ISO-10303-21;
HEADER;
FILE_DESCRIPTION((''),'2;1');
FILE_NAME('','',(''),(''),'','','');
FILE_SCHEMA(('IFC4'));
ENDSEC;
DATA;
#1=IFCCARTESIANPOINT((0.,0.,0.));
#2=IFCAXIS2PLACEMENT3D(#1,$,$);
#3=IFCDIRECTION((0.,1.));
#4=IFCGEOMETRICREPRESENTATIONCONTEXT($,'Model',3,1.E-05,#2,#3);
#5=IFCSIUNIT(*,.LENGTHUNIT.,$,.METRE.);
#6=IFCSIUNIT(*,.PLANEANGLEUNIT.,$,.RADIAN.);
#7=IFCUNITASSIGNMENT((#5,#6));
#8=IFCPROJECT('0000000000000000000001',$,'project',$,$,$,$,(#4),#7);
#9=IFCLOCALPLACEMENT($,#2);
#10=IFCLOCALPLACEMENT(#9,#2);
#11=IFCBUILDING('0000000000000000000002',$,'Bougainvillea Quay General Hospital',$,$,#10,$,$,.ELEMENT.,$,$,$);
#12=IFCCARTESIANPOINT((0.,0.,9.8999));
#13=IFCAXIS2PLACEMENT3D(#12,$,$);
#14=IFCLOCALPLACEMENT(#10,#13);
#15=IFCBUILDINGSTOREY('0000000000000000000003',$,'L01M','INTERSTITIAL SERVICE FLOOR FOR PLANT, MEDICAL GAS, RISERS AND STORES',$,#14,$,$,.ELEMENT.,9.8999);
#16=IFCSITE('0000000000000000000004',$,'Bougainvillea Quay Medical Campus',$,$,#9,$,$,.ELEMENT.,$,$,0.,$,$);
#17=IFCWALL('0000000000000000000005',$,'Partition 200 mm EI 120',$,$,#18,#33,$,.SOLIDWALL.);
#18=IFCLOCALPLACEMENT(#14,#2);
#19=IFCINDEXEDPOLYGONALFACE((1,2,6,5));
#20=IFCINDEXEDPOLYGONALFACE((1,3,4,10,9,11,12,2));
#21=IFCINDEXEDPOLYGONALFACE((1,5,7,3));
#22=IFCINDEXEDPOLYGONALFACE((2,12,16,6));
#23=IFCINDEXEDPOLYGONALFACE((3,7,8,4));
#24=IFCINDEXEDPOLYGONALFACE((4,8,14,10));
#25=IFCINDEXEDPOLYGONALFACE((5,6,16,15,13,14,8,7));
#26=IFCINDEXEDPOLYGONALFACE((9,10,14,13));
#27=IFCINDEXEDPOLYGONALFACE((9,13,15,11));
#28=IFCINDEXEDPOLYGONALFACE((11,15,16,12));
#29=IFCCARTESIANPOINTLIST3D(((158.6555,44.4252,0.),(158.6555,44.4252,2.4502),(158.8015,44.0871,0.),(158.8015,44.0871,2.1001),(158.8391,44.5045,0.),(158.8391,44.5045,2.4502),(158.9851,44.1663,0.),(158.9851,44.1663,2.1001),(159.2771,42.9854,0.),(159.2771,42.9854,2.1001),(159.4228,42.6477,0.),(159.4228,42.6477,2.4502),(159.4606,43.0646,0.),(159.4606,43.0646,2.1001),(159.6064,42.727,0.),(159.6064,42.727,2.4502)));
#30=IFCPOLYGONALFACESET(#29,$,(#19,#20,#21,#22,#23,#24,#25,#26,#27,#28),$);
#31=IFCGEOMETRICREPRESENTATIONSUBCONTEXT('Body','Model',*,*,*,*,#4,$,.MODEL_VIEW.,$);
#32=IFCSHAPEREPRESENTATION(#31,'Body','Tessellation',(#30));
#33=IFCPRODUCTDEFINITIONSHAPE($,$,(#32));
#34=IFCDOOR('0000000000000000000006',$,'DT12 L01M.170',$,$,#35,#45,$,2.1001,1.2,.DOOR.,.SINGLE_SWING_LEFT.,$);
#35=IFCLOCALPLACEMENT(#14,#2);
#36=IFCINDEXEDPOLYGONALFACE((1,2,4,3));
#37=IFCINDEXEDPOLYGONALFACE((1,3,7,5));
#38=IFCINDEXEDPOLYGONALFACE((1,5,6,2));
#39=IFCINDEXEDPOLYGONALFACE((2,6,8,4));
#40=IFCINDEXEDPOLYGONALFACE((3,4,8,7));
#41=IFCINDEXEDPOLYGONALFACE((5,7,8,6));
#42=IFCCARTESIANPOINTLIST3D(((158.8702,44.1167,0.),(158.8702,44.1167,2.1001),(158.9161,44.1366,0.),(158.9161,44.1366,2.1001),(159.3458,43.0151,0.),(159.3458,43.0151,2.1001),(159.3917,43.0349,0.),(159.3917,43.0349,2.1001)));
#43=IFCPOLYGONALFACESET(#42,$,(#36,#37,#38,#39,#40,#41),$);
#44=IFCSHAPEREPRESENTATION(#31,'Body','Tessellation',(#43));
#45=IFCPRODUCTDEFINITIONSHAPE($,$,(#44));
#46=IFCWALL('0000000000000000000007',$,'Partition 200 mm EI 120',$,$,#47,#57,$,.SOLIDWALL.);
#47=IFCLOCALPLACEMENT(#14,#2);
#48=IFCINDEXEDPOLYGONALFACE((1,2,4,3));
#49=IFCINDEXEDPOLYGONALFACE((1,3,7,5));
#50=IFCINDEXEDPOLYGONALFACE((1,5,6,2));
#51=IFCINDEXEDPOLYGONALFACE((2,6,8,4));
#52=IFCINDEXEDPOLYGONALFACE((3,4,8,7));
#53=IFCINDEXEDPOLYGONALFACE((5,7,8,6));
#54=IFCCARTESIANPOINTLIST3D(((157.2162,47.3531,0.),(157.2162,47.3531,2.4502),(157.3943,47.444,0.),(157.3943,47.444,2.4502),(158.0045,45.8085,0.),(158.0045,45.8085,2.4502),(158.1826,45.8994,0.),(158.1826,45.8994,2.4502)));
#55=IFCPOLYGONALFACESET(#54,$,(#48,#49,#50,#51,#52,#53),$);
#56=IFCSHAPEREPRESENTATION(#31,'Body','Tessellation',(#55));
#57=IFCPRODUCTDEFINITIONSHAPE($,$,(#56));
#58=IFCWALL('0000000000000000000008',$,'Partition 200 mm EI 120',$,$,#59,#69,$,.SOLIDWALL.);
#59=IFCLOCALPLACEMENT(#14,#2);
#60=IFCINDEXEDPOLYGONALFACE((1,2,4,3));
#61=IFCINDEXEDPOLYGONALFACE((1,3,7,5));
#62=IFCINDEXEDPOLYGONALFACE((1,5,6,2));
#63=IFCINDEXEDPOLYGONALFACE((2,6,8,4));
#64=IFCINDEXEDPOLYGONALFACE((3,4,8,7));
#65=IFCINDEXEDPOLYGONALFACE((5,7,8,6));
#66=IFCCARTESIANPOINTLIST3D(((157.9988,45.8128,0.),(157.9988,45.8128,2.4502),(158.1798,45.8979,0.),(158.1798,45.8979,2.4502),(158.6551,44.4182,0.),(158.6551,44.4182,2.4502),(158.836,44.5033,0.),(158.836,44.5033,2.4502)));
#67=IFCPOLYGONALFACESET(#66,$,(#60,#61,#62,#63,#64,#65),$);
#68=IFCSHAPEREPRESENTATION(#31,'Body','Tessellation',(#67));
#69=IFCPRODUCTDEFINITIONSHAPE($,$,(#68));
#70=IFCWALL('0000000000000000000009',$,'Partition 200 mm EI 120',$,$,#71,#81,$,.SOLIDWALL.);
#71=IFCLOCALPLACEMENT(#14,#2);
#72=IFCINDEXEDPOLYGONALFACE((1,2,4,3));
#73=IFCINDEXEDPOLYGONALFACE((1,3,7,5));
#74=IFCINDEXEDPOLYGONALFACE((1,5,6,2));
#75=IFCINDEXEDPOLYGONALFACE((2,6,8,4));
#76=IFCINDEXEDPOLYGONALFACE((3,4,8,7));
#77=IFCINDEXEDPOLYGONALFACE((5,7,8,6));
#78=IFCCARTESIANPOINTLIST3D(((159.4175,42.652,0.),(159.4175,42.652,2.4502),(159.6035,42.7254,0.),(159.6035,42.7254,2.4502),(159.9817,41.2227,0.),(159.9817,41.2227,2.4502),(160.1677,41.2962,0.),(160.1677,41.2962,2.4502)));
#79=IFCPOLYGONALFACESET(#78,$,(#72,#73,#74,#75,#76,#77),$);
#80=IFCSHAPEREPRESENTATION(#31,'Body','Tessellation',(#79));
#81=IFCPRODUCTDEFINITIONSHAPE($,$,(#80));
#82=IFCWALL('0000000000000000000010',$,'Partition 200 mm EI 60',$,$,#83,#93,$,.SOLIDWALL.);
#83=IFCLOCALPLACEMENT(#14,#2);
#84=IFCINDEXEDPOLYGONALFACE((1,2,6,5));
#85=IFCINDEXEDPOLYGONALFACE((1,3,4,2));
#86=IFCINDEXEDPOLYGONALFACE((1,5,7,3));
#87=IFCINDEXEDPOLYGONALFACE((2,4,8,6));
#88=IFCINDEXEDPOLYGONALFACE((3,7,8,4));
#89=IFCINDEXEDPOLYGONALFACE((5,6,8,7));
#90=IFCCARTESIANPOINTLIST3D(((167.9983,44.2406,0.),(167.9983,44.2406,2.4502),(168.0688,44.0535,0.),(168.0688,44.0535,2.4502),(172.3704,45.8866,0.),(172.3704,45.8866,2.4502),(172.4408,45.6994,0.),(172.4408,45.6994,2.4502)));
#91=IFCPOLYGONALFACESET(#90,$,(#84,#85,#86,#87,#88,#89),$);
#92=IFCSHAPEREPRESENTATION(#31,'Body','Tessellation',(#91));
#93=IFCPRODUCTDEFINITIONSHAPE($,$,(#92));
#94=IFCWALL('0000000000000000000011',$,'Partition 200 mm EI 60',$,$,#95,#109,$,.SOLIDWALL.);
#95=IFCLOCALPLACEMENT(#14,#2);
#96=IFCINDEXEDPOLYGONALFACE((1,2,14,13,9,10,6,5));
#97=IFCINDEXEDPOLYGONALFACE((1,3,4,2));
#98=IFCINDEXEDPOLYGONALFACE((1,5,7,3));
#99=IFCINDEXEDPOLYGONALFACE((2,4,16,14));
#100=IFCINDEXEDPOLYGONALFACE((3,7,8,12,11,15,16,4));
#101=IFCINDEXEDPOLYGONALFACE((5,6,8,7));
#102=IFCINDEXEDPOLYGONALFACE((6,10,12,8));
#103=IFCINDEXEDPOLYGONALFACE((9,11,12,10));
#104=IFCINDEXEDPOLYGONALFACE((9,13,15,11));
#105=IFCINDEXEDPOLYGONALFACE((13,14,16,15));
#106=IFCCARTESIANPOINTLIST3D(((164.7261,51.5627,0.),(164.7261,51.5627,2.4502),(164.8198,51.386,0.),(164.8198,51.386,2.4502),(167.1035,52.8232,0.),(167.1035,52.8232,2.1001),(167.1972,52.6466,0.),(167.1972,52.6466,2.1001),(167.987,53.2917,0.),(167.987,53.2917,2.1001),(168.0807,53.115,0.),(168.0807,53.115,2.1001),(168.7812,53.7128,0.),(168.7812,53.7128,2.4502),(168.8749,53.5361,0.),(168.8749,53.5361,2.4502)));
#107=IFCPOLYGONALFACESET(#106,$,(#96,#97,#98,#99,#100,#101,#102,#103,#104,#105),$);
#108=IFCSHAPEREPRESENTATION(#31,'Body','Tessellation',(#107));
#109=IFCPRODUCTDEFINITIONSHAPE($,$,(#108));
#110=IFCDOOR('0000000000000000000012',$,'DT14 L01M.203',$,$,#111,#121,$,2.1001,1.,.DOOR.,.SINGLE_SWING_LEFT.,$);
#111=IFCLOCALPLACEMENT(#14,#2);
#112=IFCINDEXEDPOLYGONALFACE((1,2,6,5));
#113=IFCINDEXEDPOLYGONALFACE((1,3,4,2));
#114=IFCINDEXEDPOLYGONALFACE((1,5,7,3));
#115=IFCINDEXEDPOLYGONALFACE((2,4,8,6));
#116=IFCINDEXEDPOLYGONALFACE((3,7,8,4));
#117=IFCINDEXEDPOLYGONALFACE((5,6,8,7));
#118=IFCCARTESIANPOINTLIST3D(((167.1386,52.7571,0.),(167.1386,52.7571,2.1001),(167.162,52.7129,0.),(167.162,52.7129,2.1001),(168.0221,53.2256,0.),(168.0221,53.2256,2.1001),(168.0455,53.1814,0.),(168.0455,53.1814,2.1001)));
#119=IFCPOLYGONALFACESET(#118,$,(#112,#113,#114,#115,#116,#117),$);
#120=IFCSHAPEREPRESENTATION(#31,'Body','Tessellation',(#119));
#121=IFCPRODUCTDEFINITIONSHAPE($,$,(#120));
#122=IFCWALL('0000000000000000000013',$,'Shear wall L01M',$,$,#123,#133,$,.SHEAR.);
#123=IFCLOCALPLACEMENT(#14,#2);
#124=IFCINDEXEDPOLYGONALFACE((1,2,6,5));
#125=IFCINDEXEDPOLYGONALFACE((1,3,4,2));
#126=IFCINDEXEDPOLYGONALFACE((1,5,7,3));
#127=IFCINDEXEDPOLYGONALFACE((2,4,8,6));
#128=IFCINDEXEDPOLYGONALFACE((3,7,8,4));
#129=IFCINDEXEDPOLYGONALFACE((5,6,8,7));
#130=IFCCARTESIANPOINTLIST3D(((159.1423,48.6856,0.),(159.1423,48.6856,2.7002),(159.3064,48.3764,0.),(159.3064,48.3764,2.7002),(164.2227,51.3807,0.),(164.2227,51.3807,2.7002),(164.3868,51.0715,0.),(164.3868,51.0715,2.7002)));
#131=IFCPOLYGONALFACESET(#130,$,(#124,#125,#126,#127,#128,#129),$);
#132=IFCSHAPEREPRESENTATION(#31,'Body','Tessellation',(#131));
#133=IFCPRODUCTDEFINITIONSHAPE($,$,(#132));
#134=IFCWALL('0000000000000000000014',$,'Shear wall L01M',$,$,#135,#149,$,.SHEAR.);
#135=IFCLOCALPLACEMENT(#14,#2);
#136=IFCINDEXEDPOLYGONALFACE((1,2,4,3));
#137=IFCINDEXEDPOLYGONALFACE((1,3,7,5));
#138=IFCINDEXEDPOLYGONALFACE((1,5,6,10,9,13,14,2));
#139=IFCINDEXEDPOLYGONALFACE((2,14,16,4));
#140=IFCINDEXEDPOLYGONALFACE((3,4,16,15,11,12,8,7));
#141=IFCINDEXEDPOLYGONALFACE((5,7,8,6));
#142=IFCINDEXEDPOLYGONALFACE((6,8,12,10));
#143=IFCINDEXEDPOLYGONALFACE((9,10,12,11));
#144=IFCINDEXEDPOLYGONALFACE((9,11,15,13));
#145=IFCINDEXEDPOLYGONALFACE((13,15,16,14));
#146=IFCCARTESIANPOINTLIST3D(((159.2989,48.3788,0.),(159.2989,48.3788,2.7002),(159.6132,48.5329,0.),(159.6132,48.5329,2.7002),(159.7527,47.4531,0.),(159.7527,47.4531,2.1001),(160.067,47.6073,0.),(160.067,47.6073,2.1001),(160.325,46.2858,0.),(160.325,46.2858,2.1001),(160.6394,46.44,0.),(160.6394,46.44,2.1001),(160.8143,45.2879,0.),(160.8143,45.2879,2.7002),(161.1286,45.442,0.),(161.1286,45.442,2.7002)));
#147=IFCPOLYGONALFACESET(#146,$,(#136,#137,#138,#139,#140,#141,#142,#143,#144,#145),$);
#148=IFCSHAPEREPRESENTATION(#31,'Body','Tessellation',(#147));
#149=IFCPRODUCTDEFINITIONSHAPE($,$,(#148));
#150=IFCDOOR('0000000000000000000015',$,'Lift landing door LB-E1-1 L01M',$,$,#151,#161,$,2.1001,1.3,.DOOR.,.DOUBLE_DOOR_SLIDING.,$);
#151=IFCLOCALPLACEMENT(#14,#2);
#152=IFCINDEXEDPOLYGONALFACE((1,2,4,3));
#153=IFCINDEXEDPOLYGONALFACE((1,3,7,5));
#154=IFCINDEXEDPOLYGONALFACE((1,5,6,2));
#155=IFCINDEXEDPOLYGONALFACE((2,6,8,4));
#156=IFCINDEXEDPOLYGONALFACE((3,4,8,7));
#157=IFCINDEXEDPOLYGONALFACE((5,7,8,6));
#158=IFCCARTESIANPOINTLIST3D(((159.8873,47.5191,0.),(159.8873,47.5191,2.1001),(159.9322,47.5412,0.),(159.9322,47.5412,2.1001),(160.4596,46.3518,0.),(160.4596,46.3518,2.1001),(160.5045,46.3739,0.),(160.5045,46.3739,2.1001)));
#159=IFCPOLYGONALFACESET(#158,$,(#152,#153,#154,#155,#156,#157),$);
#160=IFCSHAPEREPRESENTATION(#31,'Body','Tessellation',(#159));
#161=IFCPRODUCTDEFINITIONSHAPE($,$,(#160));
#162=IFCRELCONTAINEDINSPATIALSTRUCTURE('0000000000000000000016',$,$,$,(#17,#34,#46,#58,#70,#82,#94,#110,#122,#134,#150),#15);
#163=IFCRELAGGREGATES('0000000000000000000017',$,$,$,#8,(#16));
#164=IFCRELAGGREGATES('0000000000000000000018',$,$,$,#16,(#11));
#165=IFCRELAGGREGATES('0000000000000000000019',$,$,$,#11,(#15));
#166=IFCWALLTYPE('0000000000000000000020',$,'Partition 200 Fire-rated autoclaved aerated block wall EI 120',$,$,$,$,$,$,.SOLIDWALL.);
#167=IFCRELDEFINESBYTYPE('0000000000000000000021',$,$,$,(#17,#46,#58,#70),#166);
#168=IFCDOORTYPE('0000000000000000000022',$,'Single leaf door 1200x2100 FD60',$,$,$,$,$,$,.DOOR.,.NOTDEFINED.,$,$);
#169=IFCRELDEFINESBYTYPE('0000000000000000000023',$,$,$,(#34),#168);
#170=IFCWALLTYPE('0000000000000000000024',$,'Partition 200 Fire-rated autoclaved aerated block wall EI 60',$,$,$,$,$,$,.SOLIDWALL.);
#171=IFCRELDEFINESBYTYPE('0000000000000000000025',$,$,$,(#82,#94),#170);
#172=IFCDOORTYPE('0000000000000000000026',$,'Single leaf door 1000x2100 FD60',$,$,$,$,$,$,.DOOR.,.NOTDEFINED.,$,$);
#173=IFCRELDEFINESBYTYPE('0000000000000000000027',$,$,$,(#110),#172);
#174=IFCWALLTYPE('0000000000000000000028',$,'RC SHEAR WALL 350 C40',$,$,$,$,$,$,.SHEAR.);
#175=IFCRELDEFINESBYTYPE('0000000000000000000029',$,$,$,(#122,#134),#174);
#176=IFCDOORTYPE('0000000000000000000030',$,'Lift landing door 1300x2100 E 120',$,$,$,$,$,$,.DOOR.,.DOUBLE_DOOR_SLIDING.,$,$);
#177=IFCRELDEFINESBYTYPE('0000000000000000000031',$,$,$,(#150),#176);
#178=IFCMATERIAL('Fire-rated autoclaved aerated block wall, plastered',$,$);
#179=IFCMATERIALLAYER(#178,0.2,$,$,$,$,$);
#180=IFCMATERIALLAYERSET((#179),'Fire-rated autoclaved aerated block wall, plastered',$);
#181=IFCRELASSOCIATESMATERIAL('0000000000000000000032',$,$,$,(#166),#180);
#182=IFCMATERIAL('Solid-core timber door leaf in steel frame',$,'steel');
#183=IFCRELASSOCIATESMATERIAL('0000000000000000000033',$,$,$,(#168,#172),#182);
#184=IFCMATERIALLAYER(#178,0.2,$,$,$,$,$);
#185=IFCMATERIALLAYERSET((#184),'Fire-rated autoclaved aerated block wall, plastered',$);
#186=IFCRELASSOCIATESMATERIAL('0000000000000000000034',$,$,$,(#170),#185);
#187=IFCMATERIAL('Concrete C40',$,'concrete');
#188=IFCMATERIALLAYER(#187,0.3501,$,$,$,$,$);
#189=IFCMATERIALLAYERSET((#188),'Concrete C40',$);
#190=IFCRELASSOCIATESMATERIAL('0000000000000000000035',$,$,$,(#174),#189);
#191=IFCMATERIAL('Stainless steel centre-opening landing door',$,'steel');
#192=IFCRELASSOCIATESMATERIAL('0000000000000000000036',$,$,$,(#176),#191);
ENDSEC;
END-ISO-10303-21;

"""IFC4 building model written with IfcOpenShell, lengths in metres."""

from ifc_helpers import new_model, si_unit, direction, frame, frame_2d, origin, place, context, subcontext, project, spatial, rectangle, extrude, material, layer, layer_set, type_object, element, fill, save


model = new_model("IFC4")

# Units and contexts
model_context = context("Model", 3, precision=1e-05, world=origin(), true_north=direction((0.0, 1.0)))
body_context = subcontext(model_context, "Body", "Model", "MODEL_VIEW")
ifc_project = project(units=[si_unit("LENGTHUNIT", "METRE"), si_unit("PLANEANGLEUNIT", "RADIAN")], contexts=[model_context])

# Site, building, storey
site_placement = place(None, origin())
site = spatial("IfcSite", under=ifc_project, at=site_placement, Name="Bougainvillea Quay Medical Campus", CompositionType="ELEMENT", RefElevation=0.0)
building_placement = place(site_placement, origin())
building = spatial("IfcBuilding", under=site, at=building_placement, Name="Bougainvillea Quay General Hospital", CompositionType="ELEMENT")
storey_placement = place(building_placement, frame((0.0, 0.0, 9.8999)))
storey = spatial("IfcBuildingStorey", under=building, at=storey_placement, Name="L01M", Description="INTERSTITIAL SERVICE FLOOR FOR PLANT, MEDICAL GAS, RISERS AND STORES", CompositionType="ELEMENT", Elevation=9.8999)

# Shared definitions
ifc_material_1 = material(Name="Solid-core timber door leaf in steel frame", Category="steel")

# Shared definitions
ifc_material_2 = material(Name="Fire-rated autoclaved aerated block wall, plastered")
ifc_layer_1 = layer(ifc_material_2, 0.2)
ifc_layer_set_1 = layer_set([ifc_layer_1], Name="Fire-rated autoclaved aerated block wall, plastered")
wall_type_1 = type_object("IfcWallType", Name="Partition 200 Fire-rated autoclaved aerated block wall EI 120", PredefinedType="SOLIDWALL", material=ifc_layer_set_1)

# Wall, opening, door
wall_1_placement = place(storey_placement, frame((158.7473, 44.4648, 0.0), z_axis=(0.0, 0.0, 1.0), x_axis=(0.396322, -0.918111, 0.0)))
wall_1 = element("IfcWall", 1, at=wall_1_placement, inside=storey, type_object=wall_type_1, Name="Partition 200 mm EI 120", PredefinedType="SOLIDWALL", context=body_context, shape_type="SweptSolid", body=[
    extrude(rectangle(XDim=1.936, YDim=0.2, at=frame_2d((0.968, 0.0))), origin(), (0.0, 0.0, 1.0), 2.4502),
])
opening_1_placement = place(wall_1_placement, frame((0.3682, 0.0, 0.0)))
opening_1 = element("IfcOpeningElement", 2, at=opening_1_placement, cuts=wall_1, PredefinedType="OPENING", context=body_context, shape_type="SweptSolid", body=[
    extrude(rectangle(XDim=1.2, YDim=2.1001, at=frame_2d((0.6001, 1.05))), frame((0.0, 0.1099, 0.0), z_axis=(0.0, -1.0, 0.0), x_axis=(1.0, 0.0, 0.0)), (0.0, 0.0, 1.0), 0.22),
])
door_type_1 = type_object("IfcDoorType", Name="Single leaf door 1200x2100 FD60", OperationType="NOTDEFINED", PredefinedType="DOOR", material=ifc_material_1)
door_1_placement = place(opening_1_placement, origin())
door_1 = element("IfcDoor", 3, at=door_1_placement, inside=storey, type_object=door_type_1, Name="DT12 L01M.170", OperationType="SINGLE_SWING_LEFT", OverallHeight=2.1001, OverallWidth=1.2, PredefinedType="DOOR", context=body_context, shape_type="SweptSolid", body=[
    extrude(rectangle(XDim=1.2, YDim=2.1001, at=frame_2d((0.6001, 1.05))), frame((0.0, 0.0249, 0.0), z_axis=(0.0, -1.0, 0.0), x_axis=(1.0, 0.0, 0.0)), (0.0, 0.0, 1.0), 0.05),
])
fill(opening_1, door_1)

# Walls
wall_2_placement = place(storey_placement, frame((157.3052, 47.3987, 0.0), z_axis=(0.0, 0.0, 1.0), x_axis=(0.454575, -0.890708, 0.0)))
element("IfcWall", 4, at=wall_2_placement, inside=storey, type_object=wall_type_1, Name="Partition 200 mm EI 120", PredefinedType="SOLIDWALL", context=body_context, shape_type="SweptSolid", body=[
    extrude(rectangle(XDim=1.7341, YDim=0.2, at=frame_2d((0.8672, 0.0))), origin(), (0.0, 0.0, 1.0), 2.4502),
])
wall_3_placement = place(storey_placement, frame((158.0894, 45.8552, 0.0), z_axis=(0.0, 0.0, 1.0), x_axis=(0.425797, -0.904819, 0.0)))
element("IfcWall", 5, at=wall_3_placement, inside=storey, type_object=wall_type_1, Name="Partition 200 mm EI 120", PredefinedType="SOLIDWALL", context=body_context, shape_type="SweptSolid", body=[
    extrude(rectangle(XDim=1.5413, YDim=0.2, at=frame_2d((0.7705, 0.0))), origin(), (0.0, 0.0, 1.0), 2.4502),
])
wall_4_placement = place(storey_placement, frame((159.5105, 42.6887, 0.0), z_axis=(0.0, 0.0, 1.0), x_axis=(0.367195, -0.930144, 0.0)))
element("IfcWall", 6, at=wall_4_placement, inside=storey, type_object=wall_type_1, Name="Partition 200 mm EI 120", PredefinedType="SOLIDWALL", context=body_context, shape_type="SweptSolid", body=[
    extrude(rectangle(XDim=1.5366, YDim=0.2, at=frame_2d((0.7683, 0.0))), origin(), (0.0, 0.0, 1.0), 2.4502),
])
ifc_layer_2 = layer(ifc_material_2, 0.2)
ifc_layer_set_2 = layer_set([ifc_layer_2], Name="Fire-rated autoclaved aerated block wall, plastered")
wall_type_2 = type_object("IfcWallType", Name="Partition 200 Fire-rated autoclaved aerated block wall EI 60", PredefinedType="SOLIDWALL", material=ifc_layer_set_2)
wall_5_placement = place(storey_placement, frame((168.0334, 44.147, 0.0), z_axis=(0.0, 0.0, 1.0), x_axis=(0.935873, 0.352337, 0.0)))
element("IfcWall", 7, at=wall_5_placement, inside=storey, type_object=wall_type_2, Name="Partition 200 mm EI 60", PredefinedType="SOLIDWALL", context=body_context, shape_type="SweptSolid", body=[
    extrude(rectangle(XDim=4.6716, YDim=0.2, at=frame_2d((2.3359, 0.0))), origin(), (0.0, 0.0, 1.0), 2.4502),
])

# Wall, opening, door
wall_6_placement = place(storey_placement, frame((164.7729, 51.4744, 0.0), z_axis=(0.0, 0.0, 1.0), x_axis=(0.883491, 0.468447, 0.0)))
wall_6 = element("IfcWall", 8, at=wall_6_placement, inside=storey, type_object=wall_type_2, Name="Partition 200 mm EI 60", PredefinedType="SOLIDWALL", context=body_context, shape_type="SweptSolid", body=[
    extrude(rectangle(XDim=4.5898, YDim=0.2, at=frame_2d((2.2949, 0.0))), origin(), (0.0, 0.0, 1.0), 2.4502),
])
opening_2_placement = place(wall_6_placement, frame((2.6909, 0.0, 0.0)))
opening_2 = element("IfcOpeningElement", 9, at=opening_2_placement, cuts=wall_6, PredefinedType="OPENING", context=body_context, shape_type="SweptSolid", body=[
    extrude(rectangle(XDim=1.0, YDim=2.1001, at=frame_2d((0.5, 1.05))), frame((0.0, 0.1099, 0.0), z_axis=(0.0, -1.0, 0.0), x_axis=(1.0, 0.0, 0.0)), (0.0, 0.0, 1.0), 0.22),
])
door_type_2 = type_object("IfcDoorType", Name="Single leaf door 1000x2100 FD60", OperationType="NOTDEFINED", PredefinedType="DOOR", material=ifc_material_1)
door_2_placement = place(opening_2_placement, frame((1.0, 0.0, 0.0), z_axis=(0.0, 0.0, 1.0), x_axis=(-1.0, 0.0, 0.0)))
door_2 = element("IfcDoor", 10, at=door_2_placement, inside=storey, type_object=door_type_2, Name="DT14 L01M.203", OperationType="SINGLE_SWING_LEFT", OverallHeight=2.1001, OverallWidth=1.0, PredefinedType="DOOR", context=body_context, shape_type="SweptSolid", body=[
    extrude(rectangle(XDim=1.0, YDim=2.1001, at=frame_2d((0.5, 1.05))), frame((0.0, 0.0249, 0.0), z_axis=(0.0, -1.0, 0.0), x_axis=(1.0, 0.0, 0.0)), (0.0, 0.0, 1.0), 0.05),
])
fill(opening_2, door_2)

# Wall
ifc_material_3 = material(Name="Concrete C40", Category="concrete")
ifc_layer_3 = layer(ifc_material_3, 0.3501)
ifc_layer_set_3 = layer_set([ifc_layer_3], Name="Concrete C40")
wall_type_3 = type_object("IfcWallType", Name="RC SHEAR WALL 350 C40", PredefinedType="SHEAR", material=ifc_layer_set_3)
wall_7_placement = place(storey_placement, frame((159.2244, 48.531, 0.0), z_axis=(0.0, 0.0, 1.0), x_axis=(0.883393, 0.468633, 0.0)))
element("IfcWall", 11, at=wall_7_placement, inside=storey, type_object=wall_type_3, Name="Shear wall L01M", PredefinedType="SHEAR", context=body_context, shape_type="SweptSolid", body=[
    extrude(rectangle(XDim=5.751, YDim=0.3501, at=frame_2d((2.8755, 0.0))), origin(), (0.0, 0.0, 1.0), 2.7002),
])

# Wall, opening, door
wall_8_placement = place(storey_placement, frame((159.4561, 48.4558, 0.0), z_axis=(0.0, 0.0, 1.0), x_axis=(0.440221, -0.897889, 0.0)))
wall_8 = element("IfcWall", 12, at=wall_8_placement, inside=storey, type_object=wall_type_3, Name="Shear wall L01M", PredefinedType="SHEAR", context=body_context, shape_type="SweptSolid", body=[
    extrude(rectangle(XDim=3.4424, YDim=0.3501, at=frame_2d((1.7212, 0.0))), origin(), (0.0, 0.0, 1.0), 2.7002),
])
opening_3_placement = place(wall_8_placement, frame((1.031, 0.0, 0.0)))
opening_3 = element("IfcOpeningElement", 13, at=opening_3_placement, cuts=wall_8, PredefinedType="OPENING", context=body_context, shape_type="SweptSolid", body=[
    extrude(rectangle(XDim=1.3, YDim=2.1001, at=frame_2d((0.6499, 1.05))), frame((0.0, 0.1851, 0.0), z_axis=(0.0, -1.0, 0.0), x_axis=(1.0, 0.0, 0.0)), (0.0, 0.0, 1.0), 0.3701),
])
ifc_material_4 = material(Name="Stainless steel centre-opening landing door", Category="steel")
door_type_3 = type_object("IfcDoorType", Name="Lift landing door 1300x2100 E 120", OperationType="DOUBLE_DOOR_SLIDING", PredefinedType="DOOR", material=ifc_material_4)
door_3_placement = place(opening_3_placement, origin())
door_3 = element("IfcDoor", 14, at=door_3_placement, inside=storey, type_object=door_type_3, Name="Lift landing door LB-E1-1 L01M", OperationType="DOUBLE_DOOR_SLIDING", OverallHeight=2.1001, OverallWidth=1.3, PredefinedType="DOOR", context=body_context, shape_type="SweptSolid", body=[
    extrude(rectangle(XDim=1.3, YDim=2.1001, at=frame_2d((0.6499, 1.05))), frame((0.0, 0.0249, 0.0), z_axis=(0.0, -1.0, 0.0), x_axis=(1.0, 0.0, 0.0)), (0.0, 0.0, 1.0), 0.05),
])
fill(opening_3, door_3)

save(model, "model.ifc")
